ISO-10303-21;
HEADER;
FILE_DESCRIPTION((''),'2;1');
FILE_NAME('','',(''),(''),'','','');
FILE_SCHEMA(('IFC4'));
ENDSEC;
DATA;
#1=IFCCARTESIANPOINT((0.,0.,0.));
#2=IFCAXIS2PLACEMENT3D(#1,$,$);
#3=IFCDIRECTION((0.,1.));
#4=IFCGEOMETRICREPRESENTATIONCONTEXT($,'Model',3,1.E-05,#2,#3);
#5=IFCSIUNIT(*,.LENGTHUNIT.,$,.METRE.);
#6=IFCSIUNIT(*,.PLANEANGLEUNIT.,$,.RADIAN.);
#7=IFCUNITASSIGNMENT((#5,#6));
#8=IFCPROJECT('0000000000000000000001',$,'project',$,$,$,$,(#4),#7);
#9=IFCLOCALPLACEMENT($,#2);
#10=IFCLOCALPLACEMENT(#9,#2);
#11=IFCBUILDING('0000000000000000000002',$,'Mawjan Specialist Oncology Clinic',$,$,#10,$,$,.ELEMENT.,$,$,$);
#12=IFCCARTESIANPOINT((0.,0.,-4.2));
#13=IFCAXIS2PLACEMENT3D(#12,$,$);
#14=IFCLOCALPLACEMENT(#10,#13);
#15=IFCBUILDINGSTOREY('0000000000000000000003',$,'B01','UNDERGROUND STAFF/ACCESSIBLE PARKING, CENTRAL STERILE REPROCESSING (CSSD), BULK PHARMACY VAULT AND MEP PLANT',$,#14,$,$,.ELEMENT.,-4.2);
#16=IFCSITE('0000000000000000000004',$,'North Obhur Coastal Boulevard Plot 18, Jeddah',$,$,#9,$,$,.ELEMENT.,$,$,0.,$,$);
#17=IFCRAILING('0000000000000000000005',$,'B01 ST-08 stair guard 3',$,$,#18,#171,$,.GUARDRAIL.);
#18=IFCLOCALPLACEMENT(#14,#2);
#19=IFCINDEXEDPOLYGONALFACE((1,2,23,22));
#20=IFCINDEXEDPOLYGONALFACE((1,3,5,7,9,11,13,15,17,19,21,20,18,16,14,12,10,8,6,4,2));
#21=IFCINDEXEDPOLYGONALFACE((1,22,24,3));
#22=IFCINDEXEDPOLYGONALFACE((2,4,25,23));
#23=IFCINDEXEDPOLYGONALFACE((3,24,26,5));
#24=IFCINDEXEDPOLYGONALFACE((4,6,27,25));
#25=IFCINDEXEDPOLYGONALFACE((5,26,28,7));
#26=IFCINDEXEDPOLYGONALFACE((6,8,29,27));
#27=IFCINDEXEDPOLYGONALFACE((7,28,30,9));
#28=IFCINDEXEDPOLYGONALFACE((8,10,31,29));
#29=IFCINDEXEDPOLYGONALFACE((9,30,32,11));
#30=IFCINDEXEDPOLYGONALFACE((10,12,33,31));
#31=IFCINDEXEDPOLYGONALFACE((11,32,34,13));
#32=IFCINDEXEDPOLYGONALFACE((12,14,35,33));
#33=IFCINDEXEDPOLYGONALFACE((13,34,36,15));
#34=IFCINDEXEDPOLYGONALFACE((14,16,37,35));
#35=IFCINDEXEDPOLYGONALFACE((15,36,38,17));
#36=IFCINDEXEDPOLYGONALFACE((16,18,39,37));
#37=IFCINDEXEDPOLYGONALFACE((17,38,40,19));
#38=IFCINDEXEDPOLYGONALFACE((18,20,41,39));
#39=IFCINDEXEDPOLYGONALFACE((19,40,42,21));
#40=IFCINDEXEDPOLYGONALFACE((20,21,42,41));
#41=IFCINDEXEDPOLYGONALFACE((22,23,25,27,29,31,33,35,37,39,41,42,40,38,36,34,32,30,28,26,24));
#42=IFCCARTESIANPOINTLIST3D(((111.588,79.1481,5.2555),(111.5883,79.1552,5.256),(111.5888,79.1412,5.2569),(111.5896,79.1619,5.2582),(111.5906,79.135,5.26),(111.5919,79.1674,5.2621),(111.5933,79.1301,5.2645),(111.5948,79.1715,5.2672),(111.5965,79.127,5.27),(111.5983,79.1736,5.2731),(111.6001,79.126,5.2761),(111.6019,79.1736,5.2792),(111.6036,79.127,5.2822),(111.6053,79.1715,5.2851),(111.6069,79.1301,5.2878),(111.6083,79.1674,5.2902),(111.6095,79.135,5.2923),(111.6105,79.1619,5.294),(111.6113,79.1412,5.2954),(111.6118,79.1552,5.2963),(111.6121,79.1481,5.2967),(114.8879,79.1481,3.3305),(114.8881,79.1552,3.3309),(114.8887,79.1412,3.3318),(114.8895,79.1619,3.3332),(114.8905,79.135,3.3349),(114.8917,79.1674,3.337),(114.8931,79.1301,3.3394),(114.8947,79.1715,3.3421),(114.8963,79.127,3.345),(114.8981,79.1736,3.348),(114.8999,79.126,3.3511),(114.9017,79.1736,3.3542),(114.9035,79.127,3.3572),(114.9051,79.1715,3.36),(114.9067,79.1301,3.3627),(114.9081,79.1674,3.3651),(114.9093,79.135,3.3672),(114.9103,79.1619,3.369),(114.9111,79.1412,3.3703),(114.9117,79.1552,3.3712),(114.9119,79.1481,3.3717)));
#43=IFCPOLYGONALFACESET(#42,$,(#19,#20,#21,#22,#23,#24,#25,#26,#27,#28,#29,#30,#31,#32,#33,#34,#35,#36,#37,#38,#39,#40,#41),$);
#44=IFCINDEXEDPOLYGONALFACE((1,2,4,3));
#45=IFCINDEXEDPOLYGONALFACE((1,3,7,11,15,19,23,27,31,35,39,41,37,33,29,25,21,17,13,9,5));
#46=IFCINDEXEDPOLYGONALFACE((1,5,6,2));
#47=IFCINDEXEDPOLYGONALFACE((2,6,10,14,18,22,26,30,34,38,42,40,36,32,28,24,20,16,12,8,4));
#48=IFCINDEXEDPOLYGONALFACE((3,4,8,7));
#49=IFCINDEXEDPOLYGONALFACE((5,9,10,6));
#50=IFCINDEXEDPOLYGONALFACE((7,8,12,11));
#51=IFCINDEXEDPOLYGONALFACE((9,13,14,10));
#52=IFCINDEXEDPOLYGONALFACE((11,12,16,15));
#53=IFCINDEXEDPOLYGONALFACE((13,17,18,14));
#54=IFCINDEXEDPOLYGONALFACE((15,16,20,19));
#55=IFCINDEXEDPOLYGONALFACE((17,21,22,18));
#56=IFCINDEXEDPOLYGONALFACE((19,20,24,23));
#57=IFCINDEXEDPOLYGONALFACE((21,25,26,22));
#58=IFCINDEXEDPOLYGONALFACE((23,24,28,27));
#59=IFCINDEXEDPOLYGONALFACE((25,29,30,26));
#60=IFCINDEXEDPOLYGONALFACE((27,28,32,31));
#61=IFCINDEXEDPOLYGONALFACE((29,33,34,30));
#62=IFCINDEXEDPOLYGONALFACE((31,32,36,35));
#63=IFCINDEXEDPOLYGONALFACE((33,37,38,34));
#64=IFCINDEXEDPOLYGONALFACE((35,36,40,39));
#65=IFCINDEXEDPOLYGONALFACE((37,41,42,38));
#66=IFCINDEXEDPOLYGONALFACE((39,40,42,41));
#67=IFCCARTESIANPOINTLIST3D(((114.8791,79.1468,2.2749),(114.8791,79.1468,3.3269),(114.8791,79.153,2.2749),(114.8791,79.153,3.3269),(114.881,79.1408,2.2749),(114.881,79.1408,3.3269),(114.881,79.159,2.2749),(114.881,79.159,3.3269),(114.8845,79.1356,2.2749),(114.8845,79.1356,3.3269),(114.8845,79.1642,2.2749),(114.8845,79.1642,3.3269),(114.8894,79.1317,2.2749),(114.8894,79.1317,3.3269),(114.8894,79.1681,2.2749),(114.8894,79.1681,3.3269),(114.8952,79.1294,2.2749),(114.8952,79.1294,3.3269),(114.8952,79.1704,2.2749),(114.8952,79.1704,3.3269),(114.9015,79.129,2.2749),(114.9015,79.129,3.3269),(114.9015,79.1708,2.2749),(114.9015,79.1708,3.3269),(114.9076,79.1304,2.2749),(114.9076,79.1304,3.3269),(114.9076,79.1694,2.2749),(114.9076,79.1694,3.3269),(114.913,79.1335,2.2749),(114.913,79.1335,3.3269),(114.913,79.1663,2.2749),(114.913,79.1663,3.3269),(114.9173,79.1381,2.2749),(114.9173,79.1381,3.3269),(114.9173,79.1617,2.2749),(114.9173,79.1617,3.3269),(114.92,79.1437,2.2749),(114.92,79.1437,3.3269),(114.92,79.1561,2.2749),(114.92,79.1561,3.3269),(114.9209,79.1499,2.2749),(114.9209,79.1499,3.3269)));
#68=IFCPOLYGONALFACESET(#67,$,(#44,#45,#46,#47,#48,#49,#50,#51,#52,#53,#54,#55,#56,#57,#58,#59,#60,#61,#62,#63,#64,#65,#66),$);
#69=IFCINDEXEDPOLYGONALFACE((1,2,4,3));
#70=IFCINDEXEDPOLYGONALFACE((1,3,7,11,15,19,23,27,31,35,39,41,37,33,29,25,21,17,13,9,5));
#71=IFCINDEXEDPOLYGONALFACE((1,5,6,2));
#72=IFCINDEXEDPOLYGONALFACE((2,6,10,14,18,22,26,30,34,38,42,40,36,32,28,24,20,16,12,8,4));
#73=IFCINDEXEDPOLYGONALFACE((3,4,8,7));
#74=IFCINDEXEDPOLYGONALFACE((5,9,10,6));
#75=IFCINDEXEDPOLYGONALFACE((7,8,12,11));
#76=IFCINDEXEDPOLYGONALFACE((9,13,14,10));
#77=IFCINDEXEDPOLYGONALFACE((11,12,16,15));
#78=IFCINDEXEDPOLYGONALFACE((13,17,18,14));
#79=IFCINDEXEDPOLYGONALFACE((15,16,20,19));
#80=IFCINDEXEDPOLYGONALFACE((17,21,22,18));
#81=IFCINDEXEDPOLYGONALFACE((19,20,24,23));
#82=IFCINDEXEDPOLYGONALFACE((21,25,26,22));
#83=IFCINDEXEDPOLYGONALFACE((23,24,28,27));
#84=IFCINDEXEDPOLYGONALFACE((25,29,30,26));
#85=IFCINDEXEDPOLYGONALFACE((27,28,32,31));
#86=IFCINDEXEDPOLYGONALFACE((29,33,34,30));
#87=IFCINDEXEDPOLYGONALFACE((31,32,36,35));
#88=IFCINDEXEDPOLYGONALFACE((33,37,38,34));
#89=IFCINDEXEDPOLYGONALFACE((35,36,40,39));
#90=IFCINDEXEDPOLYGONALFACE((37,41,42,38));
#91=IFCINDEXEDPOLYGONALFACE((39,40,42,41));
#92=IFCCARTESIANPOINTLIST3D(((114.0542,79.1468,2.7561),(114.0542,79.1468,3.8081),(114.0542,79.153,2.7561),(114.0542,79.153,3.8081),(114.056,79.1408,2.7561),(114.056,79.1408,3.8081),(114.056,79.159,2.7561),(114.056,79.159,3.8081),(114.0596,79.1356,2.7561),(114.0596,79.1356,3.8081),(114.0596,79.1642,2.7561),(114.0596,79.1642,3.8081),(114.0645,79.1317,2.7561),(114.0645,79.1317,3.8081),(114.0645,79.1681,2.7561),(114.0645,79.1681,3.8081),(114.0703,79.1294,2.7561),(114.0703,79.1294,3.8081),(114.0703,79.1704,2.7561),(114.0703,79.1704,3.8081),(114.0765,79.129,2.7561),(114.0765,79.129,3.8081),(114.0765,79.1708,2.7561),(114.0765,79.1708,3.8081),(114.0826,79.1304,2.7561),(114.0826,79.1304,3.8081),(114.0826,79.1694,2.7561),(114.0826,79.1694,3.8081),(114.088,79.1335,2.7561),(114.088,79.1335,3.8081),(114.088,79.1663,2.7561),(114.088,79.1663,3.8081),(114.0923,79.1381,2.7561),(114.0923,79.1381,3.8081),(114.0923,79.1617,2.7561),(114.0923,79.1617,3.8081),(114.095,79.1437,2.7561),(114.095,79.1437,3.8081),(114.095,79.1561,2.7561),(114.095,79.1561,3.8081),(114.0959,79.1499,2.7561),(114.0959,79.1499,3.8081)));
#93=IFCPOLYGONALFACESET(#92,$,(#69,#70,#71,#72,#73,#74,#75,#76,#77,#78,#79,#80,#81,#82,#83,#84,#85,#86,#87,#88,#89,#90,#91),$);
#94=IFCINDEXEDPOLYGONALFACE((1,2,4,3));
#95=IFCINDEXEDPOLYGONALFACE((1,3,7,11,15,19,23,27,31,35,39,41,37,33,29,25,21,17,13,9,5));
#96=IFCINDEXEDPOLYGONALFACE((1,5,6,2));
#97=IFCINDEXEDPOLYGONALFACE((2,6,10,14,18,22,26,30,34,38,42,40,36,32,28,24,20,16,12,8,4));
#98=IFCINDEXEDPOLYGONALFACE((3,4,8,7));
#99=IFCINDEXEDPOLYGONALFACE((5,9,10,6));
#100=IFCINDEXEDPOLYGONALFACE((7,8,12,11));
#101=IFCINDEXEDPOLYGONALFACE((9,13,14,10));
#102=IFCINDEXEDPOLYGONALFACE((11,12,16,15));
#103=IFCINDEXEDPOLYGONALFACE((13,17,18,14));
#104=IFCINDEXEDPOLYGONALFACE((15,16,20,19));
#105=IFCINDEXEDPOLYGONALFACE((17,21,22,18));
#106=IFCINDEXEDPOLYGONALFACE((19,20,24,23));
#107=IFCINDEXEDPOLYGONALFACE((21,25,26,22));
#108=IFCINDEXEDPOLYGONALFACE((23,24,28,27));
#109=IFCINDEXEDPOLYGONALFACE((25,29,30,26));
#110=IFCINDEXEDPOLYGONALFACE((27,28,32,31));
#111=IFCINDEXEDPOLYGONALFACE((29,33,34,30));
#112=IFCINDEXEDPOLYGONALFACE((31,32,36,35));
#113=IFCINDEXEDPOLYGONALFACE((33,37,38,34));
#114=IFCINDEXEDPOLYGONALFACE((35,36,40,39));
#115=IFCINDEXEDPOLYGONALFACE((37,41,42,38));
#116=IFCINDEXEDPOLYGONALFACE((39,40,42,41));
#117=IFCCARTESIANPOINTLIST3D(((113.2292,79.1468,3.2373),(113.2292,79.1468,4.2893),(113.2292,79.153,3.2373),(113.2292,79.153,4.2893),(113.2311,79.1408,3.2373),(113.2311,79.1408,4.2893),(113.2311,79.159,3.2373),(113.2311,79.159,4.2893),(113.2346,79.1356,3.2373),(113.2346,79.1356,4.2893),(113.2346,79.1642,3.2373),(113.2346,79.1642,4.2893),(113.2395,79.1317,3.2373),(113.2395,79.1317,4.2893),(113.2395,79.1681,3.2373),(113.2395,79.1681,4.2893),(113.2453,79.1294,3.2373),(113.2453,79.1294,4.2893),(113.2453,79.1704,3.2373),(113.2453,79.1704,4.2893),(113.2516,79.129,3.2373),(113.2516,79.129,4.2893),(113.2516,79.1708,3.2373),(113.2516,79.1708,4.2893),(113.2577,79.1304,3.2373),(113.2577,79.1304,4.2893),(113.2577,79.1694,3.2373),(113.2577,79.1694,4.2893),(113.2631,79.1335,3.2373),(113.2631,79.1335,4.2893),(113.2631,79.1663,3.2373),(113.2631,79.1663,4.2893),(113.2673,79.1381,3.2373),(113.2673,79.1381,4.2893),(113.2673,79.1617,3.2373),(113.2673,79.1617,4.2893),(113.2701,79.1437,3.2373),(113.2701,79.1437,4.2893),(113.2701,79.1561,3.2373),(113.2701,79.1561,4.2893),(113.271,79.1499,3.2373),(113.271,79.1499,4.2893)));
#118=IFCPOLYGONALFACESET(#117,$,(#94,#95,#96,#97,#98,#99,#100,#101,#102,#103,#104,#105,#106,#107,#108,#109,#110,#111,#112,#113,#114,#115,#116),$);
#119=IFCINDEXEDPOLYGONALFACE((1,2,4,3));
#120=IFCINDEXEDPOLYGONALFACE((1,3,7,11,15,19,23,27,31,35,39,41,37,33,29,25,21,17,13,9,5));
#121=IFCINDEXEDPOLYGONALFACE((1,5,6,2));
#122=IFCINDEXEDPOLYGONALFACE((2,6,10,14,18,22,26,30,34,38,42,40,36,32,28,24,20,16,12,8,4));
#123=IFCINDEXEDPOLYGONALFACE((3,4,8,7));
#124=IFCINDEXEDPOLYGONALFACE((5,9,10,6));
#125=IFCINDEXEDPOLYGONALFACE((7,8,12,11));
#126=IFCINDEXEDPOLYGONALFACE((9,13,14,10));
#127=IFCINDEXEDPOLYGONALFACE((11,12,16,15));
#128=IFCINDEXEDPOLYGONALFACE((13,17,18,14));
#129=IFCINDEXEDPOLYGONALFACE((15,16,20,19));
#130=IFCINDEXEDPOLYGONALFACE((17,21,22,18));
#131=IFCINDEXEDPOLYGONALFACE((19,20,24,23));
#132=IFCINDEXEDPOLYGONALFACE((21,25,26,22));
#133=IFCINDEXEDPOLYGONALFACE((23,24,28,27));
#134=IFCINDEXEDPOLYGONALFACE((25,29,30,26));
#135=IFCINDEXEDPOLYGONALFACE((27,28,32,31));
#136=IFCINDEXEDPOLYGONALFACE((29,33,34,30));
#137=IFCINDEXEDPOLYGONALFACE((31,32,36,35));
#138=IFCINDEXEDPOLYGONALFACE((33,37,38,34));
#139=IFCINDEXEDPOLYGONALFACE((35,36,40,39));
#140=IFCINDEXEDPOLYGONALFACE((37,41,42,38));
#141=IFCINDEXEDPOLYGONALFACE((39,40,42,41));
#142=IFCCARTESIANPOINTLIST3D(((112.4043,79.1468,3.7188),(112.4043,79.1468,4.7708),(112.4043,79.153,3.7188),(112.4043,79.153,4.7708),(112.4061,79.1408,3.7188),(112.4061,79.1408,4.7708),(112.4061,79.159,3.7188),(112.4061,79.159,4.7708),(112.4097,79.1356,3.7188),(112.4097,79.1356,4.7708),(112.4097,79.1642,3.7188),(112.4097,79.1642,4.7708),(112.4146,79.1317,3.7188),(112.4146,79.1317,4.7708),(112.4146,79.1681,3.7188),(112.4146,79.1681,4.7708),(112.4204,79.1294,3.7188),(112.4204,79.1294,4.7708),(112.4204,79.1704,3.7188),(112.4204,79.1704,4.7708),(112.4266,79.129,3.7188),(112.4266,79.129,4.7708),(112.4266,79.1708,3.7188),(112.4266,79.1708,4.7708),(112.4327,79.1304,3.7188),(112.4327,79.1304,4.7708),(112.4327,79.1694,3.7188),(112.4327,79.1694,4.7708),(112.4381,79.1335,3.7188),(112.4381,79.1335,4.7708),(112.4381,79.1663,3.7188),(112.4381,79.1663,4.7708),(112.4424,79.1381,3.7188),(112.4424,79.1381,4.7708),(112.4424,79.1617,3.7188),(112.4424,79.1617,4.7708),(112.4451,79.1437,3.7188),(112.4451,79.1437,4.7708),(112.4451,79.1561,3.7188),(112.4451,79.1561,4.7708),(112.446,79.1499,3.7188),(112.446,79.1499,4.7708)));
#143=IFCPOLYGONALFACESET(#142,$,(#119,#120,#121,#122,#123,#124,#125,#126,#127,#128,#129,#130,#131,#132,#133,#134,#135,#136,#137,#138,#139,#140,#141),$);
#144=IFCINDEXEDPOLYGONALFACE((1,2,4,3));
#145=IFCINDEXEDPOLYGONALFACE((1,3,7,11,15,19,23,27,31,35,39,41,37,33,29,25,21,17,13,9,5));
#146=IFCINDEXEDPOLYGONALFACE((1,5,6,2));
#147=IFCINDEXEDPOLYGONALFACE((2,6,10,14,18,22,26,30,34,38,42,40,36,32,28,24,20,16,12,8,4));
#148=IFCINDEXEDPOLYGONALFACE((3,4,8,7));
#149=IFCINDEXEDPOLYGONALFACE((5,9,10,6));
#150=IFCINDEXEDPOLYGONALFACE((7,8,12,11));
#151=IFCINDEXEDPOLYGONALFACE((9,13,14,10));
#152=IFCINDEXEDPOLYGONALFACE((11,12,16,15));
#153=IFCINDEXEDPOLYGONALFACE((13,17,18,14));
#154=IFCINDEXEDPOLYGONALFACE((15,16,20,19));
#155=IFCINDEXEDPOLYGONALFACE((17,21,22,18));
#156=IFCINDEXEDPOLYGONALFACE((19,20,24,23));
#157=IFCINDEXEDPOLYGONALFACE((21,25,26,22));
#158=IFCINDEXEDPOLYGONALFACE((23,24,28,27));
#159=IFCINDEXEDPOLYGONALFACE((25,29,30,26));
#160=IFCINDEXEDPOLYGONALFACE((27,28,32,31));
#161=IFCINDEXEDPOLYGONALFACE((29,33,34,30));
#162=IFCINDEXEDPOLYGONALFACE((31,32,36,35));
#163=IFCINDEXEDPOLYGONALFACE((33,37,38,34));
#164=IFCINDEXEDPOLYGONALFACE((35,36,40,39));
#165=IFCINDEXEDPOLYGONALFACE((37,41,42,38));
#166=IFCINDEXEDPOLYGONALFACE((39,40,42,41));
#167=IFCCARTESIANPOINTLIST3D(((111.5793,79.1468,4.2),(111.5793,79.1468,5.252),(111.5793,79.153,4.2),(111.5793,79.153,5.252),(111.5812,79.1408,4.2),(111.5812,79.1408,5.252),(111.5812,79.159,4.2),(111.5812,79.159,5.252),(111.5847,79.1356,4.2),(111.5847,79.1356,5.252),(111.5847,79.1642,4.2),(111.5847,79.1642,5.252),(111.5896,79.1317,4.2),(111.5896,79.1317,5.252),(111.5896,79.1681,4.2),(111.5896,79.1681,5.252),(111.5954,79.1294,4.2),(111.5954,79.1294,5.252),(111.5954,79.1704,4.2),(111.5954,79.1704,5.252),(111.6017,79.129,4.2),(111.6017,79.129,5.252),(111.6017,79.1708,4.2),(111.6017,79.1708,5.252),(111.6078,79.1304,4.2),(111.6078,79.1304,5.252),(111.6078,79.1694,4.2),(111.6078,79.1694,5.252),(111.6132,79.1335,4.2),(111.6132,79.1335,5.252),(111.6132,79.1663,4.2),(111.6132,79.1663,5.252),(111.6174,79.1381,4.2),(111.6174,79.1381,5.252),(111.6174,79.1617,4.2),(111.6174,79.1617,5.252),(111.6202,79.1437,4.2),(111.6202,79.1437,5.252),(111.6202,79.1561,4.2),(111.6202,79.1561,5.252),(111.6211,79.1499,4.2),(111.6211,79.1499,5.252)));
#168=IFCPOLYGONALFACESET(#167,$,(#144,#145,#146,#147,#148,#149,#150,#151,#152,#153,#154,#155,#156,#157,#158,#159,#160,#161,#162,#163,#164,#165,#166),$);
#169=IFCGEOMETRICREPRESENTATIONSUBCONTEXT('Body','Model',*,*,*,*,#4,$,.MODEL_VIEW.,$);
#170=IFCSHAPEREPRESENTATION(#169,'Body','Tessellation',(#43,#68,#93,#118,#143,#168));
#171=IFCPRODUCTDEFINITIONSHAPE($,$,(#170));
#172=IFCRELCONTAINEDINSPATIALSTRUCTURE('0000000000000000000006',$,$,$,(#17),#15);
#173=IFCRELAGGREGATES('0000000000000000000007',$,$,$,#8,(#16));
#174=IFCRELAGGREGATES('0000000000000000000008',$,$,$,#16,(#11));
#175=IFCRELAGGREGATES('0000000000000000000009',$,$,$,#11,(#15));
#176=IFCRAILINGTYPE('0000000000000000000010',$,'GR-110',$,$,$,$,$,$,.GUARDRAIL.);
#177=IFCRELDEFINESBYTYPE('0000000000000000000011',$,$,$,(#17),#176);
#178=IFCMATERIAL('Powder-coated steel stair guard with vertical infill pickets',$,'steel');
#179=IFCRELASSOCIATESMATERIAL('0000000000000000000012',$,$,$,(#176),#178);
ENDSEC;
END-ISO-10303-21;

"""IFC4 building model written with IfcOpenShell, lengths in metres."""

from ifc_helpers import new_model, si_unit, direction, frame, origin, origin_2d, place, context, subcontext, project, spatial, circle, extrude, material, type_object, element, save


model = new_model("IFC4")

# Units and contexts
model_context = context("Model", 3, precision=1e-05, world=origin(), true_north=direction((0.0, 1.0)))
body_context = subcontext(model_context, "Body", "Model", "MODEL_VIEW")
ifc_project = project(units=[si_unit("LENGTHUNIT", "METRE"), si_unit("PLANEANGLEUNIT", "RADIAN")], contexts=[model_context])

# Site, building, storey
site_placement = place(None, origin())
site = spatial("IfcSite", under=ifc_project, at=site_placement, Name="North Obhur Coastal Boulevard Plot 18, Jeddah", CompositionType="ELEMENT", RefElevation=0.0)
building_placement = place(site_placement, origin())
building = spatial("IfcBuilding", under=site, at=building_placement, Name="Mawjan Specialist Oncology Clinic", CompositionType="ELEMENT")
storey_placement = place(building_placement, frame((0.0, 0.0, -4.2)))
storey = spatial("IfcBuildingStorey", under=building, at=storey_placement, Name="B01", Description="UNDERGROUND STAFF/ACCESSIBLE PARKING, CENTRAL STERILE REPROCESSING (CSSD), BULK PHARMACY VAULT AND MEP PLANT", CompositionType="ELEMENT", Elevation=-4.2)

# Railing
ifc_material_1 = material(Name="Powder-coated steel stair guard with vertical infill pickets", Category="steel")
railing_type_1 = type_object("IfcRailingType", Name="GR-110", PredefinedType="GUARDRAIL", material=ifc_material_1)
railing_1_placement = place(storey_placement, frame((114.8999, 79.1499, 2.2749)))
element("IfcRailing", 1, at=railing_1_placement, inside=storey, type_object=railing_type_1, Name="B01 ST-08 stair guard 3", PredefinedType="GUARDRAIL", context=body_context, shape_type="SweptSolid", body=[
    extrude(circle(Radius=0.0239, at=origin_2d()), frame((0.0, 0.0, 1.0762), z_axis=(-0.86376, 0.0, 0.503903), x_axis=(0.0, -1.0, 0.0)), (0.0, 0.0, 1.0), 3.8203),
    extrude(circle(Radius=0.021, at=origin_2d()), origin(), (0.0, 0.0, 1.0), 1.052),
    extrude(circle(Radius=0.021, at=origin_2d()), frame((-0.825, 0.0, 0.4812)), (0.0, 0.0, 1.0), 1.052),
    extrude(circle(Radius=0.021, at=origin_2d()), frame((-1.6499, 0.0, 0.9624)), (0.0, 0.0, 1.0), 1.052),
    extrude(circle(Radius=0.021, at=origin_2d()), frame((-2.4749, 0.0, 1.4438)), (0.0, 0.0, 1.0), 1.052),
    extrude(circle(Radius=0.021, at=origin_2d()), frame((-3.2998, 0.0, 1.925)), (0.0, 0.0, 1.0), 1.052),
])

save(model, "model.ifc")
